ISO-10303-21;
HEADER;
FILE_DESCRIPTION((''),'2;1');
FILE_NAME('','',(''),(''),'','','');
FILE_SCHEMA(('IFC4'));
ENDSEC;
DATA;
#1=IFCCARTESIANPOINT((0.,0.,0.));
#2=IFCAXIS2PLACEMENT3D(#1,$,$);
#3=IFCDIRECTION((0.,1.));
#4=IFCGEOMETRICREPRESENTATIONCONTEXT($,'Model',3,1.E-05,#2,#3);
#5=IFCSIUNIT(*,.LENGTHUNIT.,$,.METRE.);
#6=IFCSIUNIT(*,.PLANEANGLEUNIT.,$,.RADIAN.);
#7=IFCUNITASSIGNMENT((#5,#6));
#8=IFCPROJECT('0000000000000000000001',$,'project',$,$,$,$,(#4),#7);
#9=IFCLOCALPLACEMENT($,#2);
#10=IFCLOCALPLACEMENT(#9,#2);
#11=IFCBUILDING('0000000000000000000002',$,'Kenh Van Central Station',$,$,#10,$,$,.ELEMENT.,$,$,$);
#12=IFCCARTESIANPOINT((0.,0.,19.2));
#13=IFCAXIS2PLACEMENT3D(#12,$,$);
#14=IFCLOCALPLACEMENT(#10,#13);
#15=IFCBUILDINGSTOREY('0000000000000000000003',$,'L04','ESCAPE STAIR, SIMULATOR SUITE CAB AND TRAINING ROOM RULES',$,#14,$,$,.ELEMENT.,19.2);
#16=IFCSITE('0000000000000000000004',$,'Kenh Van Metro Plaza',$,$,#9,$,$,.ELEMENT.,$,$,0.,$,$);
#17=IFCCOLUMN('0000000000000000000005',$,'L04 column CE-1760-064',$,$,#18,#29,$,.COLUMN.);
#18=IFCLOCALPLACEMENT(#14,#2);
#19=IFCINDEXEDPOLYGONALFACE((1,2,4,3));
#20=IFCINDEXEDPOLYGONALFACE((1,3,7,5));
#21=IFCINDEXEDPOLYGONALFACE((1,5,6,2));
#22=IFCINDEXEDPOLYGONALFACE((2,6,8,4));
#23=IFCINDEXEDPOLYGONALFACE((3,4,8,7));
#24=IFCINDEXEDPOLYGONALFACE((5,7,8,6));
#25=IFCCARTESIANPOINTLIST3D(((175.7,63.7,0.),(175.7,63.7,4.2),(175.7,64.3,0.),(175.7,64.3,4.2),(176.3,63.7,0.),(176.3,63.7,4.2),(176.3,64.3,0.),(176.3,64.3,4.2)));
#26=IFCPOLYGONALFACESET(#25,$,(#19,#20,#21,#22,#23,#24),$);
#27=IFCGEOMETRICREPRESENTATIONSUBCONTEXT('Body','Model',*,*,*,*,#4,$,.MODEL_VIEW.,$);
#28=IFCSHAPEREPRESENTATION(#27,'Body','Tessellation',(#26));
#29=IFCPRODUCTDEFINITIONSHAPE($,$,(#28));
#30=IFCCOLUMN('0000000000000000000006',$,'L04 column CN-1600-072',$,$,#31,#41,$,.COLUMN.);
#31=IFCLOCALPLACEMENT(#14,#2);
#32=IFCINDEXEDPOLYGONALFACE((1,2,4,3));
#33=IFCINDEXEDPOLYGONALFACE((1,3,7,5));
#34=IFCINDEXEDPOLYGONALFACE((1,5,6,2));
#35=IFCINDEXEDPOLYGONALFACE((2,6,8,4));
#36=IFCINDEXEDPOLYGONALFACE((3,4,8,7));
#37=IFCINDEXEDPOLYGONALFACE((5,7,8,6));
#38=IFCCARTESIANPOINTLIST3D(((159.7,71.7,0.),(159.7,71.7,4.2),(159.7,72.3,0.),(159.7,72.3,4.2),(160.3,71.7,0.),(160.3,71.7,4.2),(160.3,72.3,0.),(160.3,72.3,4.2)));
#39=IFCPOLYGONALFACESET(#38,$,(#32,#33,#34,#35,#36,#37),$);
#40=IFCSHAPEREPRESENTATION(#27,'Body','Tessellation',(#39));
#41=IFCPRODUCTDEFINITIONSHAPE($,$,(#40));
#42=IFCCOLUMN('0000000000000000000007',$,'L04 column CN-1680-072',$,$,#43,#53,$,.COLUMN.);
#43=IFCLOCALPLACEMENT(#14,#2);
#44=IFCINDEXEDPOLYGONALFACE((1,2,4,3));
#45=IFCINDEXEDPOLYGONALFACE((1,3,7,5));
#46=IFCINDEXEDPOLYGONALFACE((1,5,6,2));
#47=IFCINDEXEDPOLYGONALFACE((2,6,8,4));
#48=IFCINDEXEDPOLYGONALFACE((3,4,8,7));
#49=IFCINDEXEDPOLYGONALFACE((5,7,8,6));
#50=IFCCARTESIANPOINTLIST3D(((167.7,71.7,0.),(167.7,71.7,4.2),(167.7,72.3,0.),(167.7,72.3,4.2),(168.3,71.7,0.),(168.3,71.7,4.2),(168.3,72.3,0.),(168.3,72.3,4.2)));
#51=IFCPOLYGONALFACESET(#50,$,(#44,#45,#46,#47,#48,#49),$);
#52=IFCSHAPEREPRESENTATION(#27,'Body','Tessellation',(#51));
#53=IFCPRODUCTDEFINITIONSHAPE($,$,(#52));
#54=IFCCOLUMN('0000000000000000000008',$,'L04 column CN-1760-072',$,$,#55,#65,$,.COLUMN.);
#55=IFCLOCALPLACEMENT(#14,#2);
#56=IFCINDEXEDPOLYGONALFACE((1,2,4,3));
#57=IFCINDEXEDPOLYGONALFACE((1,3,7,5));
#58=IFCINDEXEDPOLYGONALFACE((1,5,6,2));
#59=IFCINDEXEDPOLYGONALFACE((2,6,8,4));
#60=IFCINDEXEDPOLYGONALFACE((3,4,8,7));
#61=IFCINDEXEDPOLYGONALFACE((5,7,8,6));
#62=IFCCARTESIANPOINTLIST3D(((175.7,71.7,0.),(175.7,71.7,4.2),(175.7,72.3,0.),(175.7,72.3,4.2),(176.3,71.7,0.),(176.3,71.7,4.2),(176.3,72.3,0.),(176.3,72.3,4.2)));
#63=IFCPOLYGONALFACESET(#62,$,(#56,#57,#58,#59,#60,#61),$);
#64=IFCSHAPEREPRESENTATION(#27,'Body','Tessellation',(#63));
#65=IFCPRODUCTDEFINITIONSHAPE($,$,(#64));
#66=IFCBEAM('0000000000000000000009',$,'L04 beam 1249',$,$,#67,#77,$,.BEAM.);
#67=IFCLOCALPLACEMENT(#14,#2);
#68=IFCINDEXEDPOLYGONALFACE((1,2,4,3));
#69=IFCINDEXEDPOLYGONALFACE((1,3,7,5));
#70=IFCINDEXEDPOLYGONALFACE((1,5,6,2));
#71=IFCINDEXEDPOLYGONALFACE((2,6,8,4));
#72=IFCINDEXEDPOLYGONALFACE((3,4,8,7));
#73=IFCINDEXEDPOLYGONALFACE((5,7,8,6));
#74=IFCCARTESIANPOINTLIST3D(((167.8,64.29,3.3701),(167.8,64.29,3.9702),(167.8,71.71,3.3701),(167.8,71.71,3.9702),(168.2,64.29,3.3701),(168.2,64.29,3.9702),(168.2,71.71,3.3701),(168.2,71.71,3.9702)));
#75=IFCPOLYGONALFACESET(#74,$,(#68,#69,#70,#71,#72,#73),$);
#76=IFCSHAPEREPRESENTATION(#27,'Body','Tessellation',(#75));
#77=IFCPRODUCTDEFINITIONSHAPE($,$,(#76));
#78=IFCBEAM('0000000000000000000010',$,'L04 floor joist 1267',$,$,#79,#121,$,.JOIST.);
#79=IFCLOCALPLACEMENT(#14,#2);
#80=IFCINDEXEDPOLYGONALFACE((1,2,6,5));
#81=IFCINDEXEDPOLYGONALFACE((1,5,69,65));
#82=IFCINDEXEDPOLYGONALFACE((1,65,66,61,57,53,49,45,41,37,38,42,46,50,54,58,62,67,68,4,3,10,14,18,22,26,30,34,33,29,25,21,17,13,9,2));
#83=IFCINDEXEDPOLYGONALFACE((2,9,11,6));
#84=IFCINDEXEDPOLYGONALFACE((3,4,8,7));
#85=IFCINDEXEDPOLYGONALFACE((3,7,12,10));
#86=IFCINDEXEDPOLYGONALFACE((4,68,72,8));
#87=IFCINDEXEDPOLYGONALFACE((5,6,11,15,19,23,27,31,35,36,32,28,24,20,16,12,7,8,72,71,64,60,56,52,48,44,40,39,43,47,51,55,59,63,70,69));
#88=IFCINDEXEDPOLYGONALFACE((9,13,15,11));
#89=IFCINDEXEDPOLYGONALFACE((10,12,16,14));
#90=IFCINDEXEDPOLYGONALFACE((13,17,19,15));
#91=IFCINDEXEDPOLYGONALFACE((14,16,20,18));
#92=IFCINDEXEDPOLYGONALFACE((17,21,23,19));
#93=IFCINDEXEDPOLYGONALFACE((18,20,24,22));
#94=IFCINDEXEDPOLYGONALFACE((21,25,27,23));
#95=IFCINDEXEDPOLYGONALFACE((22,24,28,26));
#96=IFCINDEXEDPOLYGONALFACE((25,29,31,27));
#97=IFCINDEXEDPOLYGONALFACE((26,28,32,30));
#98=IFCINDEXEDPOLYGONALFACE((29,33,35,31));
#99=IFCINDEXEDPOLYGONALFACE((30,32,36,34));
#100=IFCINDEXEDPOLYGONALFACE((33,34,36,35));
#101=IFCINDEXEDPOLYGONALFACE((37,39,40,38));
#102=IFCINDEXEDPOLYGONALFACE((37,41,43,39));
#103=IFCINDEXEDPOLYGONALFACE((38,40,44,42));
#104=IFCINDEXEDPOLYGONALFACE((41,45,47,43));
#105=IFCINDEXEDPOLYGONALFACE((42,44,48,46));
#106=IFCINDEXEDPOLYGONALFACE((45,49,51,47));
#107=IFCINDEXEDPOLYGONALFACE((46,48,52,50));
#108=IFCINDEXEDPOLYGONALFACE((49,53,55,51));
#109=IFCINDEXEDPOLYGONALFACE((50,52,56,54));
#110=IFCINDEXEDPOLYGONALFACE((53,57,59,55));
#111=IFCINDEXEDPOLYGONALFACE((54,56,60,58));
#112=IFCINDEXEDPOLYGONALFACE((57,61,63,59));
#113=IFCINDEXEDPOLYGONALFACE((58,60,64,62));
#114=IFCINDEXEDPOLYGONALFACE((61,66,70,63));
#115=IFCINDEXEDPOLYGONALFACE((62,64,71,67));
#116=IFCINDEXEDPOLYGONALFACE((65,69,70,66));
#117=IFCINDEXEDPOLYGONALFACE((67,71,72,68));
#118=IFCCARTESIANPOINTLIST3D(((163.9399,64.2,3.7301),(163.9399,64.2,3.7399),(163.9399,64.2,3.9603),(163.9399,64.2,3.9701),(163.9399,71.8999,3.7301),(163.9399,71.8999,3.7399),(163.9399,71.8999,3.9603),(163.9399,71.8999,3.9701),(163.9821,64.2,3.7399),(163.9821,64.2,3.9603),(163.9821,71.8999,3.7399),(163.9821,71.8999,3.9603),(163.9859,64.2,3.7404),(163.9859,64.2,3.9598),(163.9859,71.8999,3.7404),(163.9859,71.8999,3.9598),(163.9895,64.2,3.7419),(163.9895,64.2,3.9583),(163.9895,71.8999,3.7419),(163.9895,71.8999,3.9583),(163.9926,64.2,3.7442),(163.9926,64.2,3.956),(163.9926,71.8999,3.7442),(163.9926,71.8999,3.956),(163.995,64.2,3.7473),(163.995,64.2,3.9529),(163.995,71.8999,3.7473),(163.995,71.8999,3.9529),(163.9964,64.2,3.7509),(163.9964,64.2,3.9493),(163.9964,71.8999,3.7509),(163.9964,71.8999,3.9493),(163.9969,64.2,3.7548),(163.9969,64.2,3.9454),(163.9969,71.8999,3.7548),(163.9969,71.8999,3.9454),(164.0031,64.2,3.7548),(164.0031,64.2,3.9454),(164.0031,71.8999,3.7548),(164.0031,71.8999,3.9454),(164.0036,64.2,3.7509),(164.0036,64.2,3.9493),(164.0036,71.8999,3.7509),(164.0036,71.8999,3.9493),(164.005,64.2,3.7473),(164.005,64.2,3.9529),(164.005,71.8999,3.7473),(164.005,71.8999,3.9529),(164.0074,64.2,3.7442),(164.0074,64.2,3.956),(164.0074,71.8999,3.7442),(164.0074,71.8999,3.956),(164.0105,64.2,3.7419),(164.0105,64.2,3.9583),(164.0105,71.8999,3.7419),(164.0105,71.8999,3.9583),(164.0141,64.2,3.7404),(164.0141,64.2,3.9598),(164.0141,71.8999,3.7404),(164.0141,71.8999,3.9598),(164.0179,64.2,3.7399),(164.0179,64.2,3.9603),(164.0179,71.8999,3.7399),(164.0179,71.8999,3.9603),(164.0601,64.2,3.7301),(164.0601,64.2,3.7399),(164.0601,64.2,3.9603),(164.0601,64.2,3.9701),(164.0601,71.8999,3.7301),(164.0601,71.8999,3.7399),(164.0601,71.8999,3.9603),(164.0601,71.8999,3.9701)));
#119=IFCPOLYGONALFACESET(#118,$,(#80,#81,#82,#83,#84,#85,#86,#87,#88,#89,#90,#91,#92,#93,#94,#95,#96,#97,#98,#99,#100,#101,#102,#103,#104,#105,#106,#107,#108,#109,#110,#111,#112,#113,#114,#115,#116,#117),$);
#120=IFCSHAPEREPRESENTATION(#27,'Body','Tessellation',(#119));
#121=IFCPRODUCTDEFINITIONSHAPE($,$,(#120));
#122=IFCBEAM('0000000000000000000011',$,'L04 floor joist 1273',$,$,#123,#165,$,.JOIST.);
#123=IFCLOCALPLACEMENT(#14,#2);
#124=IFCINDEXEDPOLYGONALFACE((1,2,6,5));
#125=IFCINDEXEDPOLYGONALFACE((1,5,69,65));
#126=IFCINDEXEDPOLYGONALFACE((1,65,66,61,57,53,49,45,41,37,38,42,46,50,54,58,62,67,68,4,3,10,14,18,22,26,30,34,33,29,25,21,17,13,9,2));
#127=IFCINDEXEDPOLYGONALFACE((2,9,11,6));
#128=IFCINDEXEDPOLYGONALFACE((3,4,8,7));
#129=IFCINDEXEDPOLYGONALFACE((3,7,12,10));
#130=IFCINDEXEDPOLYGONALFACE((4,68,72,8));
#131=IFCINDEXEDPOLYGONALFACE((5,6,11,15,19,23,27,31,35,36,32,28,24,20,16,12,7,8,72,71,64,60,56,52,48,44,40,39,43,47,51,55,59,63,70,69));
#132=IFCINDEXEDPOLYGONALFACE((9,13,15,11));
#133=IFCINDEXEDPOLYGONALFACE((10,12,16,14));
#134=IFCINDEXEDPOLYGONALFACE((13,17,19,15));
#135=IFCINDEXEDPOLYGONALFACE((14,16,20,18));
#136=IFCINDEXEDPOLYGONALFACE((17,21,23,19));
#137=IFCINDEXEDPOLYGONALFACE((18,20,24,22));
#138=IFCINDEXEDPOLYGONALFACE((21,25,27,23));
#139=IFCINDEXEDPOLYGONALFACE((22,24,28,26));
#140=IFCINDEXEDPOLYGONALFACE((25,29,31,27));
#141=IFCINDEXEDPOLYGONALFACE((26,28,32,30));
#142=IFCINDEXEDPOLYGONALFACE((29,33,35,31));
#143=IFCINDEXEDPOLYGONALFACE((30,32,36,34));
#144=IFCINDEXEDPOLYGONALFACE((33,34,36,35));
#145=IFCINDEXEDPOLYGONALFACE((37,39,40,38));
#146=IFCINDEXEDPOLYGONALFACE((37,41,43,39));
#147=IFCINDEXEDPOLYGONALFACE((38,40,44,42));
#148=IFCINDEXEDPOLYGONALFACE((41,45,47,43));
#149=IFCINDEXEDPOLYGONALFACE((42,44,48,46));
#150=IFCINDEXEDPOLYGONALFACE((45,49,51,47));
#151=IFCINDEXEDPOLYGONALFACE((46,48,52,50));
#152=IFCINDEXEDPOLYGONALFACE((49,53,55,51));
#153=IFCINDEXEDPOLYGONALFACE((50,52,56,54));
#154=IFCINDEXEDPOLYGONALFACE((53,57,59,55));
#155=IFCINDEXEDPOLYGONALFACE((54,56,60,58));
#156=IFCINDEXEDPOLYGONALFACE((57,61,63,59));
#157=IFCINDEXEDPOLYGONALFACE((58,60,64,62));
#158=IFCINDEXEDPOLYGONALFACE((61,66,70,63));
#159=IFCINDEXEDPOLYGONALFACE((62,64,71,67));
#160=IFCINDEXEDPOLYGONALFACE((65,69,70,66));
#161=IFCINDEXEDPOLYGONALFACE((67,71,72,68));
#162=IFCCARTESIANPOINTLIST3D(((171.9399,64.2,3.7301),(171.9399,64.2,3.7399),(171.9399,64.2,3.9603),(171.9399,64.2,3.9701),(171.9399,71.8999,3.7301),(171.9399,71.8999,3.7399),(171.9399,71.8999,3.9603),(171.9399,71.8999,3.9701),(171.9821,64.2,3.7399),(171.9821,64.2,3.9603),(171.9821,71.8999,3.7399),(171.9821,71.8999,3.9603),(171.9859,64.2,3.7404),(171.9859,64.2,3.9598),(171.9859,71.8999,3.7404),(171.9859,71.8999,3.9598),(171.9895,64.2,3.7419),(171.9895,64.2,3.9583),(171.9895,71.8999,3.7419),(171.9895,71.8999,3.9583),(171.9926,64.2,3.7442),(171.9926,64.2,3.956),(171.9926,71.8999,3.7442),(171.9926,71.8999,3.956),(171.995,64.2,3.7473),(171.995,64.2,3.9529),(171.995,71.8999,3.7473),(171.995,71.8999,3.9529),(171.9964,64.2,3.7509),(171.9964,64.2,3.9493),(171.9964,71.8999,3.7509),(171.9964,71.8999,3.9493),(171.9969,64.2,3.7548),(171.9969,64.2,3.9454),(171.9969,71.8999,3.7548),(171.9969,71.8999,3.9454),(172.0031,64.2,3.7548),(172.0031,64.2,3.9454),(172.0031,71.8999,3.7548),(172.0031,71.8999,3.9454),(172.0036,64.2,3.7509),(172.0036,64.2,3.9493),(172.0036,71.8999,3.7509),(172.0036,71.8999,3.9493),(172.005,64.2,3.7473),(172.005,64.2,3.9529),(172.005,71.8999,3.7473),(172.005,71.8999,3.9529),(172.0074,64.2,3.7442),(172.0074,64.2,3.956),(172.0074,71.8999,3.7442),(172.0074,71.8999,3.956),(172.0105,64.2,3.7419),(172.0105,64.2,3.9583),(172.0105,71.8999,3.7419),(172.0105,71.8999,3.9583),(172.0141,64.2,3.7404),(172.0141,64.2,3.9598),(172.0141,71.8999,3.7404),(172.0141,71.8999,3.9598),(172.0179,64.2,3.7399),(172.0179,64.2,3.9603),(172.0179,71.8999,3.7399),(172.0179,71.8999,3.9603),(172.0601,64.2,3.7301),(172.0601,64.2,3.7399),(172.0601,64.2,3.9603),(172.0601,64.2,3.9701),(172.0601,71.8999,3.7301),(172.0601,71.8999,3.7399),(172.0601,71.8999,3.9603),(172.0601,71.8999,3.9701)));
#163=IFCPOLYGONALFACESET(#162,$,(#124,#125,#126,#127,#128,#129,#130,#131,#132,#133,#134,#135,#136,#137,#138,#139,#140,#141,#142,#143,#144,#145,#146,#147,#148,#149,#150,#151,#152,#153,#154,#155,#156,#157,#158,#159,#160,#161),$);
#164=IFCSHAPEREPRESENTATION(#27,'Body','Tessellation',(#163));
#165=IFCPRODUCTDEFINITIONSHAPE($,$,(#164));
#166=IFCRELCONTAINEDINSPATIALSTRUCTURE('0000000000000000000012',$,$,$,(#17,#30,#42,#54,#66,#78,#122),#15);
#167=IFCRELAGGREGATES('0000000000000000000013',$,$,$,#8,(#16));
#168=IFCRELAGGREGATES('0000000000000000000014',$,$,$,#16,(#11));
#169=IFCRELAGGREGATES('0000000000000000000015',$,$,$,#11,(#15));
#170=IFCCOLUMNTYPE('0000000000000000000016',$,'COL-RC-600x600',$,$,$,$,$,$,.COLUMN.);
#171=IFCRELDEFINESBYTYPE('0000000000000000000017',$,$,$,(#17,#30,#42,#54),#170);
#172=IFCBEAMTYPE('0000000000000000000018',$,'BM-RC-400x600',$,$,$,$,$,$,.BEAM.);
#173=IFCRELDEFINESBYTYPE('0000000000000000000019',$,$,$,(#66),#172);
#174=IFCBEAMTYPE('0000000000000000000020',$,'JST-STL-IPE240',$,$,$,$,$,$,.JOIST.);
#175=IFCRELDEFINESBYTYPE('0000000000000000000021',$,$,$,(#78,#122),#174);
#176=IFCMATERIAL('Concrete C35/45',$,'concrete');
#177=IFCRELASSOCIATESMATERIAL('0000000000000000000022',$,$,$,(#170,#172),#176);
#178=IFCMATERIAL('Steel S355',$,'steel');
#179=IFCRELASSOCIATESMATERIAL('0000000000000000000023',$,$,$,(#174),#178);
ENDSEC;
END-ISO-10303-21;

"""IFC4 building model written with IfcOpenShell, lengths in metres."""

from ifc_helpers import new_model, si_unit, direction, frame, origin, origin_2d, place, context, subcontext, project, spatial, rectangle, i_section, extrude, material, material_profile, profile_set, type_object, element, save


model = new_model("IFC4")

# Units and contexts
model_context = context("Model", 3, precision=1e-05, world=origin(), true_north=direction((0.0, 1.0)))
body_context = subcontext(model_context, "Body", "Model", "MODEL_VIEW")
ifc_project = project(units=[si_unit("LENGTHUNIT", "METRE"), si_unit("PLANEANGLEUNIT", "RADIAN")], contexts=[model_context])

# Site, building, storey
site_placement = place(None, origin())
site = spatial("IfcSite", under=ifc_project, at=site_placement, Name="Kenh Van Metro Plaza", CompositionType="ELEMENT", RefElevation=0.0)
building_placement = place(site_placement, origin())
building = spatial("IfcBuilding", under=site, at=building_placement, Name="Kenh Van Central Station", CompositionType="ELEMENT")
storey_placement = place(building_placement, frame((0.0, 0.0, 19.2)))
storey = spatial("IfcBuildingStorey", under=building, at=storey_placement, Name="L04", Description="ESCAPE STAIR, SIMULATOR SUITE CAB AND TRAINING ROOM RULES", CompositionType="ELEMENT", Elevation=19.2)

# Columns
ifc_material_1 = material(Name="Concrete C35/45", Category="concrete")
ifc_material_profile_1 = material_profile(ifc_material_1, rectangle(XDim=0.6001, YDim=0.6001, at=origin_2d()), Name="RC 600x600")
ifc_profile_set_1 = profile_set([ifc_material_profile_1], Name="Concrete C35/45")
column_type = type_object("IfcColumnType", Name="COL-RC-600x600", PredefinedType="COLUMN", material=ifc_profile_set_1)
for number, where, z_axis, x_axis, name in (
    (1, (176.0, 64.0, 0.0), (0.0, 0.0, 1.0), (1.0, 0.0, 0.0), "L04 column CE-1760-064"),
    (2, (160.0, 72.0, 0.0), (0.0, 0.0, 1.0), (1.0, 0.0, 0.0), "L04 column CN-1600-072"),
    (3, (168.0, 72.0, 0.0), (0.0, 0.0, 1.0), (1.0, 0.0, 0.0), "L04 column CN-1680-072"),
    (4, (176.0, 72.0, 0.0), (0.0, 0.0, 1.0), (1.0, 0.0, 0.0), "L04 column CN-1760-072"),
):
    element("IfcColumn", number, at=place(storey_placement, frame(where, z_axis=z_axis, x_axis=x_axis)), inside=storey, type_object=column_type, Name=name, PredefinedType="COLUMN", context=body_context, shape_type="SweptSolid", body=[
        extrude(rectangle(XDim=0.6001, YDim=0.6001, at=origin_2d()), origin(), (0.0, 0.0, 1.0), 4.2),
    ])

# Beams
ifc_material_profile_2 = material_profile(ifc_material_1, rectangle(XDim=0.3999, YDim=0.6001, at=origin_2d()), Name="RC 400x600")
ifc_profile_set_2 = profile_set([ifc_material_profile_2], Name="Concrete C35/45")
beam_type_1 = type_object("IfcBeamType", Name="BM-RC-400x600", PredefinedType="BEAM", material=ifc_profile_set_2)
beam_placement = place(storey_placement, frame((168.0, 64.29, 3.6702), z_axis=(0.0, 1.0, 0.0), x_axis=(-1.0, 0.0, 0.0)))
element("IfcBeam", 5, at=beam_placement, inside=storey, type_object=beam_type_1, Name="L04 beam 1249", PredefinedType="BEAM", context=body_context, shape_type="SweptSolid", body=[
    extrude(rectangle(XDim=0.3999, YDim=0.6001, at=origin_2d()), origin(), (0.0, 0.0, 1.0), 7.4199),
])
ifc_material_2 = material(Name="Steel S355", Category="steel")
ifc_material_profile_3 = material_profile(ifc_material_2, i_section(OverallWidth=0.1201, OverallDepth=0.24, WebThickness=0.0061, FlangeThickness=0.0098, FilletRadius=0.0149, at=origin_2d()), Name="IPE 240")
ifc_profile_set_3 = profile_set([ifc_material_profile_3], Name="Steel S355")
beam_type_2 = type_object("IfcBeamType", Name="JST-STL-IPE240", PredefinedType="JOIST", material=ifc_profile_set_3)
for number, where, z_axis, x_axis, name in (
    (6, (164.0, 64.2, 3.8501), (0.0, 1.0, 0.0), (-1.0, 0.0, 0.0), "L04 floor joist 1267"),
    (7, (172.0, 64.2, 3.8501), (0.0, 1.0, 0.0), (-1.0, 0.0, 0.0), "L04 floor joist 1273"),
):
    element("IfcBeam", number, at=place(storey_placement, frame(where, z_axis=z_axis, x_axis=x_axis)), inside=storey, type_object=beam_type_2, Name=name, PredefinedType="JOIST", context=body_context, shape_type="SweptSolid", body=[
        extrude(i_section(OverallWidth=0.1201, OverallDepth=0.24, WebThickness=0.0061, FlangeThickness=0.0098, FilletRadius=0.0149, at=origin_2d()), origin(), (0.0, 0.0, 1.0), 7.7),
    ])

save(model, "model.ifc")
